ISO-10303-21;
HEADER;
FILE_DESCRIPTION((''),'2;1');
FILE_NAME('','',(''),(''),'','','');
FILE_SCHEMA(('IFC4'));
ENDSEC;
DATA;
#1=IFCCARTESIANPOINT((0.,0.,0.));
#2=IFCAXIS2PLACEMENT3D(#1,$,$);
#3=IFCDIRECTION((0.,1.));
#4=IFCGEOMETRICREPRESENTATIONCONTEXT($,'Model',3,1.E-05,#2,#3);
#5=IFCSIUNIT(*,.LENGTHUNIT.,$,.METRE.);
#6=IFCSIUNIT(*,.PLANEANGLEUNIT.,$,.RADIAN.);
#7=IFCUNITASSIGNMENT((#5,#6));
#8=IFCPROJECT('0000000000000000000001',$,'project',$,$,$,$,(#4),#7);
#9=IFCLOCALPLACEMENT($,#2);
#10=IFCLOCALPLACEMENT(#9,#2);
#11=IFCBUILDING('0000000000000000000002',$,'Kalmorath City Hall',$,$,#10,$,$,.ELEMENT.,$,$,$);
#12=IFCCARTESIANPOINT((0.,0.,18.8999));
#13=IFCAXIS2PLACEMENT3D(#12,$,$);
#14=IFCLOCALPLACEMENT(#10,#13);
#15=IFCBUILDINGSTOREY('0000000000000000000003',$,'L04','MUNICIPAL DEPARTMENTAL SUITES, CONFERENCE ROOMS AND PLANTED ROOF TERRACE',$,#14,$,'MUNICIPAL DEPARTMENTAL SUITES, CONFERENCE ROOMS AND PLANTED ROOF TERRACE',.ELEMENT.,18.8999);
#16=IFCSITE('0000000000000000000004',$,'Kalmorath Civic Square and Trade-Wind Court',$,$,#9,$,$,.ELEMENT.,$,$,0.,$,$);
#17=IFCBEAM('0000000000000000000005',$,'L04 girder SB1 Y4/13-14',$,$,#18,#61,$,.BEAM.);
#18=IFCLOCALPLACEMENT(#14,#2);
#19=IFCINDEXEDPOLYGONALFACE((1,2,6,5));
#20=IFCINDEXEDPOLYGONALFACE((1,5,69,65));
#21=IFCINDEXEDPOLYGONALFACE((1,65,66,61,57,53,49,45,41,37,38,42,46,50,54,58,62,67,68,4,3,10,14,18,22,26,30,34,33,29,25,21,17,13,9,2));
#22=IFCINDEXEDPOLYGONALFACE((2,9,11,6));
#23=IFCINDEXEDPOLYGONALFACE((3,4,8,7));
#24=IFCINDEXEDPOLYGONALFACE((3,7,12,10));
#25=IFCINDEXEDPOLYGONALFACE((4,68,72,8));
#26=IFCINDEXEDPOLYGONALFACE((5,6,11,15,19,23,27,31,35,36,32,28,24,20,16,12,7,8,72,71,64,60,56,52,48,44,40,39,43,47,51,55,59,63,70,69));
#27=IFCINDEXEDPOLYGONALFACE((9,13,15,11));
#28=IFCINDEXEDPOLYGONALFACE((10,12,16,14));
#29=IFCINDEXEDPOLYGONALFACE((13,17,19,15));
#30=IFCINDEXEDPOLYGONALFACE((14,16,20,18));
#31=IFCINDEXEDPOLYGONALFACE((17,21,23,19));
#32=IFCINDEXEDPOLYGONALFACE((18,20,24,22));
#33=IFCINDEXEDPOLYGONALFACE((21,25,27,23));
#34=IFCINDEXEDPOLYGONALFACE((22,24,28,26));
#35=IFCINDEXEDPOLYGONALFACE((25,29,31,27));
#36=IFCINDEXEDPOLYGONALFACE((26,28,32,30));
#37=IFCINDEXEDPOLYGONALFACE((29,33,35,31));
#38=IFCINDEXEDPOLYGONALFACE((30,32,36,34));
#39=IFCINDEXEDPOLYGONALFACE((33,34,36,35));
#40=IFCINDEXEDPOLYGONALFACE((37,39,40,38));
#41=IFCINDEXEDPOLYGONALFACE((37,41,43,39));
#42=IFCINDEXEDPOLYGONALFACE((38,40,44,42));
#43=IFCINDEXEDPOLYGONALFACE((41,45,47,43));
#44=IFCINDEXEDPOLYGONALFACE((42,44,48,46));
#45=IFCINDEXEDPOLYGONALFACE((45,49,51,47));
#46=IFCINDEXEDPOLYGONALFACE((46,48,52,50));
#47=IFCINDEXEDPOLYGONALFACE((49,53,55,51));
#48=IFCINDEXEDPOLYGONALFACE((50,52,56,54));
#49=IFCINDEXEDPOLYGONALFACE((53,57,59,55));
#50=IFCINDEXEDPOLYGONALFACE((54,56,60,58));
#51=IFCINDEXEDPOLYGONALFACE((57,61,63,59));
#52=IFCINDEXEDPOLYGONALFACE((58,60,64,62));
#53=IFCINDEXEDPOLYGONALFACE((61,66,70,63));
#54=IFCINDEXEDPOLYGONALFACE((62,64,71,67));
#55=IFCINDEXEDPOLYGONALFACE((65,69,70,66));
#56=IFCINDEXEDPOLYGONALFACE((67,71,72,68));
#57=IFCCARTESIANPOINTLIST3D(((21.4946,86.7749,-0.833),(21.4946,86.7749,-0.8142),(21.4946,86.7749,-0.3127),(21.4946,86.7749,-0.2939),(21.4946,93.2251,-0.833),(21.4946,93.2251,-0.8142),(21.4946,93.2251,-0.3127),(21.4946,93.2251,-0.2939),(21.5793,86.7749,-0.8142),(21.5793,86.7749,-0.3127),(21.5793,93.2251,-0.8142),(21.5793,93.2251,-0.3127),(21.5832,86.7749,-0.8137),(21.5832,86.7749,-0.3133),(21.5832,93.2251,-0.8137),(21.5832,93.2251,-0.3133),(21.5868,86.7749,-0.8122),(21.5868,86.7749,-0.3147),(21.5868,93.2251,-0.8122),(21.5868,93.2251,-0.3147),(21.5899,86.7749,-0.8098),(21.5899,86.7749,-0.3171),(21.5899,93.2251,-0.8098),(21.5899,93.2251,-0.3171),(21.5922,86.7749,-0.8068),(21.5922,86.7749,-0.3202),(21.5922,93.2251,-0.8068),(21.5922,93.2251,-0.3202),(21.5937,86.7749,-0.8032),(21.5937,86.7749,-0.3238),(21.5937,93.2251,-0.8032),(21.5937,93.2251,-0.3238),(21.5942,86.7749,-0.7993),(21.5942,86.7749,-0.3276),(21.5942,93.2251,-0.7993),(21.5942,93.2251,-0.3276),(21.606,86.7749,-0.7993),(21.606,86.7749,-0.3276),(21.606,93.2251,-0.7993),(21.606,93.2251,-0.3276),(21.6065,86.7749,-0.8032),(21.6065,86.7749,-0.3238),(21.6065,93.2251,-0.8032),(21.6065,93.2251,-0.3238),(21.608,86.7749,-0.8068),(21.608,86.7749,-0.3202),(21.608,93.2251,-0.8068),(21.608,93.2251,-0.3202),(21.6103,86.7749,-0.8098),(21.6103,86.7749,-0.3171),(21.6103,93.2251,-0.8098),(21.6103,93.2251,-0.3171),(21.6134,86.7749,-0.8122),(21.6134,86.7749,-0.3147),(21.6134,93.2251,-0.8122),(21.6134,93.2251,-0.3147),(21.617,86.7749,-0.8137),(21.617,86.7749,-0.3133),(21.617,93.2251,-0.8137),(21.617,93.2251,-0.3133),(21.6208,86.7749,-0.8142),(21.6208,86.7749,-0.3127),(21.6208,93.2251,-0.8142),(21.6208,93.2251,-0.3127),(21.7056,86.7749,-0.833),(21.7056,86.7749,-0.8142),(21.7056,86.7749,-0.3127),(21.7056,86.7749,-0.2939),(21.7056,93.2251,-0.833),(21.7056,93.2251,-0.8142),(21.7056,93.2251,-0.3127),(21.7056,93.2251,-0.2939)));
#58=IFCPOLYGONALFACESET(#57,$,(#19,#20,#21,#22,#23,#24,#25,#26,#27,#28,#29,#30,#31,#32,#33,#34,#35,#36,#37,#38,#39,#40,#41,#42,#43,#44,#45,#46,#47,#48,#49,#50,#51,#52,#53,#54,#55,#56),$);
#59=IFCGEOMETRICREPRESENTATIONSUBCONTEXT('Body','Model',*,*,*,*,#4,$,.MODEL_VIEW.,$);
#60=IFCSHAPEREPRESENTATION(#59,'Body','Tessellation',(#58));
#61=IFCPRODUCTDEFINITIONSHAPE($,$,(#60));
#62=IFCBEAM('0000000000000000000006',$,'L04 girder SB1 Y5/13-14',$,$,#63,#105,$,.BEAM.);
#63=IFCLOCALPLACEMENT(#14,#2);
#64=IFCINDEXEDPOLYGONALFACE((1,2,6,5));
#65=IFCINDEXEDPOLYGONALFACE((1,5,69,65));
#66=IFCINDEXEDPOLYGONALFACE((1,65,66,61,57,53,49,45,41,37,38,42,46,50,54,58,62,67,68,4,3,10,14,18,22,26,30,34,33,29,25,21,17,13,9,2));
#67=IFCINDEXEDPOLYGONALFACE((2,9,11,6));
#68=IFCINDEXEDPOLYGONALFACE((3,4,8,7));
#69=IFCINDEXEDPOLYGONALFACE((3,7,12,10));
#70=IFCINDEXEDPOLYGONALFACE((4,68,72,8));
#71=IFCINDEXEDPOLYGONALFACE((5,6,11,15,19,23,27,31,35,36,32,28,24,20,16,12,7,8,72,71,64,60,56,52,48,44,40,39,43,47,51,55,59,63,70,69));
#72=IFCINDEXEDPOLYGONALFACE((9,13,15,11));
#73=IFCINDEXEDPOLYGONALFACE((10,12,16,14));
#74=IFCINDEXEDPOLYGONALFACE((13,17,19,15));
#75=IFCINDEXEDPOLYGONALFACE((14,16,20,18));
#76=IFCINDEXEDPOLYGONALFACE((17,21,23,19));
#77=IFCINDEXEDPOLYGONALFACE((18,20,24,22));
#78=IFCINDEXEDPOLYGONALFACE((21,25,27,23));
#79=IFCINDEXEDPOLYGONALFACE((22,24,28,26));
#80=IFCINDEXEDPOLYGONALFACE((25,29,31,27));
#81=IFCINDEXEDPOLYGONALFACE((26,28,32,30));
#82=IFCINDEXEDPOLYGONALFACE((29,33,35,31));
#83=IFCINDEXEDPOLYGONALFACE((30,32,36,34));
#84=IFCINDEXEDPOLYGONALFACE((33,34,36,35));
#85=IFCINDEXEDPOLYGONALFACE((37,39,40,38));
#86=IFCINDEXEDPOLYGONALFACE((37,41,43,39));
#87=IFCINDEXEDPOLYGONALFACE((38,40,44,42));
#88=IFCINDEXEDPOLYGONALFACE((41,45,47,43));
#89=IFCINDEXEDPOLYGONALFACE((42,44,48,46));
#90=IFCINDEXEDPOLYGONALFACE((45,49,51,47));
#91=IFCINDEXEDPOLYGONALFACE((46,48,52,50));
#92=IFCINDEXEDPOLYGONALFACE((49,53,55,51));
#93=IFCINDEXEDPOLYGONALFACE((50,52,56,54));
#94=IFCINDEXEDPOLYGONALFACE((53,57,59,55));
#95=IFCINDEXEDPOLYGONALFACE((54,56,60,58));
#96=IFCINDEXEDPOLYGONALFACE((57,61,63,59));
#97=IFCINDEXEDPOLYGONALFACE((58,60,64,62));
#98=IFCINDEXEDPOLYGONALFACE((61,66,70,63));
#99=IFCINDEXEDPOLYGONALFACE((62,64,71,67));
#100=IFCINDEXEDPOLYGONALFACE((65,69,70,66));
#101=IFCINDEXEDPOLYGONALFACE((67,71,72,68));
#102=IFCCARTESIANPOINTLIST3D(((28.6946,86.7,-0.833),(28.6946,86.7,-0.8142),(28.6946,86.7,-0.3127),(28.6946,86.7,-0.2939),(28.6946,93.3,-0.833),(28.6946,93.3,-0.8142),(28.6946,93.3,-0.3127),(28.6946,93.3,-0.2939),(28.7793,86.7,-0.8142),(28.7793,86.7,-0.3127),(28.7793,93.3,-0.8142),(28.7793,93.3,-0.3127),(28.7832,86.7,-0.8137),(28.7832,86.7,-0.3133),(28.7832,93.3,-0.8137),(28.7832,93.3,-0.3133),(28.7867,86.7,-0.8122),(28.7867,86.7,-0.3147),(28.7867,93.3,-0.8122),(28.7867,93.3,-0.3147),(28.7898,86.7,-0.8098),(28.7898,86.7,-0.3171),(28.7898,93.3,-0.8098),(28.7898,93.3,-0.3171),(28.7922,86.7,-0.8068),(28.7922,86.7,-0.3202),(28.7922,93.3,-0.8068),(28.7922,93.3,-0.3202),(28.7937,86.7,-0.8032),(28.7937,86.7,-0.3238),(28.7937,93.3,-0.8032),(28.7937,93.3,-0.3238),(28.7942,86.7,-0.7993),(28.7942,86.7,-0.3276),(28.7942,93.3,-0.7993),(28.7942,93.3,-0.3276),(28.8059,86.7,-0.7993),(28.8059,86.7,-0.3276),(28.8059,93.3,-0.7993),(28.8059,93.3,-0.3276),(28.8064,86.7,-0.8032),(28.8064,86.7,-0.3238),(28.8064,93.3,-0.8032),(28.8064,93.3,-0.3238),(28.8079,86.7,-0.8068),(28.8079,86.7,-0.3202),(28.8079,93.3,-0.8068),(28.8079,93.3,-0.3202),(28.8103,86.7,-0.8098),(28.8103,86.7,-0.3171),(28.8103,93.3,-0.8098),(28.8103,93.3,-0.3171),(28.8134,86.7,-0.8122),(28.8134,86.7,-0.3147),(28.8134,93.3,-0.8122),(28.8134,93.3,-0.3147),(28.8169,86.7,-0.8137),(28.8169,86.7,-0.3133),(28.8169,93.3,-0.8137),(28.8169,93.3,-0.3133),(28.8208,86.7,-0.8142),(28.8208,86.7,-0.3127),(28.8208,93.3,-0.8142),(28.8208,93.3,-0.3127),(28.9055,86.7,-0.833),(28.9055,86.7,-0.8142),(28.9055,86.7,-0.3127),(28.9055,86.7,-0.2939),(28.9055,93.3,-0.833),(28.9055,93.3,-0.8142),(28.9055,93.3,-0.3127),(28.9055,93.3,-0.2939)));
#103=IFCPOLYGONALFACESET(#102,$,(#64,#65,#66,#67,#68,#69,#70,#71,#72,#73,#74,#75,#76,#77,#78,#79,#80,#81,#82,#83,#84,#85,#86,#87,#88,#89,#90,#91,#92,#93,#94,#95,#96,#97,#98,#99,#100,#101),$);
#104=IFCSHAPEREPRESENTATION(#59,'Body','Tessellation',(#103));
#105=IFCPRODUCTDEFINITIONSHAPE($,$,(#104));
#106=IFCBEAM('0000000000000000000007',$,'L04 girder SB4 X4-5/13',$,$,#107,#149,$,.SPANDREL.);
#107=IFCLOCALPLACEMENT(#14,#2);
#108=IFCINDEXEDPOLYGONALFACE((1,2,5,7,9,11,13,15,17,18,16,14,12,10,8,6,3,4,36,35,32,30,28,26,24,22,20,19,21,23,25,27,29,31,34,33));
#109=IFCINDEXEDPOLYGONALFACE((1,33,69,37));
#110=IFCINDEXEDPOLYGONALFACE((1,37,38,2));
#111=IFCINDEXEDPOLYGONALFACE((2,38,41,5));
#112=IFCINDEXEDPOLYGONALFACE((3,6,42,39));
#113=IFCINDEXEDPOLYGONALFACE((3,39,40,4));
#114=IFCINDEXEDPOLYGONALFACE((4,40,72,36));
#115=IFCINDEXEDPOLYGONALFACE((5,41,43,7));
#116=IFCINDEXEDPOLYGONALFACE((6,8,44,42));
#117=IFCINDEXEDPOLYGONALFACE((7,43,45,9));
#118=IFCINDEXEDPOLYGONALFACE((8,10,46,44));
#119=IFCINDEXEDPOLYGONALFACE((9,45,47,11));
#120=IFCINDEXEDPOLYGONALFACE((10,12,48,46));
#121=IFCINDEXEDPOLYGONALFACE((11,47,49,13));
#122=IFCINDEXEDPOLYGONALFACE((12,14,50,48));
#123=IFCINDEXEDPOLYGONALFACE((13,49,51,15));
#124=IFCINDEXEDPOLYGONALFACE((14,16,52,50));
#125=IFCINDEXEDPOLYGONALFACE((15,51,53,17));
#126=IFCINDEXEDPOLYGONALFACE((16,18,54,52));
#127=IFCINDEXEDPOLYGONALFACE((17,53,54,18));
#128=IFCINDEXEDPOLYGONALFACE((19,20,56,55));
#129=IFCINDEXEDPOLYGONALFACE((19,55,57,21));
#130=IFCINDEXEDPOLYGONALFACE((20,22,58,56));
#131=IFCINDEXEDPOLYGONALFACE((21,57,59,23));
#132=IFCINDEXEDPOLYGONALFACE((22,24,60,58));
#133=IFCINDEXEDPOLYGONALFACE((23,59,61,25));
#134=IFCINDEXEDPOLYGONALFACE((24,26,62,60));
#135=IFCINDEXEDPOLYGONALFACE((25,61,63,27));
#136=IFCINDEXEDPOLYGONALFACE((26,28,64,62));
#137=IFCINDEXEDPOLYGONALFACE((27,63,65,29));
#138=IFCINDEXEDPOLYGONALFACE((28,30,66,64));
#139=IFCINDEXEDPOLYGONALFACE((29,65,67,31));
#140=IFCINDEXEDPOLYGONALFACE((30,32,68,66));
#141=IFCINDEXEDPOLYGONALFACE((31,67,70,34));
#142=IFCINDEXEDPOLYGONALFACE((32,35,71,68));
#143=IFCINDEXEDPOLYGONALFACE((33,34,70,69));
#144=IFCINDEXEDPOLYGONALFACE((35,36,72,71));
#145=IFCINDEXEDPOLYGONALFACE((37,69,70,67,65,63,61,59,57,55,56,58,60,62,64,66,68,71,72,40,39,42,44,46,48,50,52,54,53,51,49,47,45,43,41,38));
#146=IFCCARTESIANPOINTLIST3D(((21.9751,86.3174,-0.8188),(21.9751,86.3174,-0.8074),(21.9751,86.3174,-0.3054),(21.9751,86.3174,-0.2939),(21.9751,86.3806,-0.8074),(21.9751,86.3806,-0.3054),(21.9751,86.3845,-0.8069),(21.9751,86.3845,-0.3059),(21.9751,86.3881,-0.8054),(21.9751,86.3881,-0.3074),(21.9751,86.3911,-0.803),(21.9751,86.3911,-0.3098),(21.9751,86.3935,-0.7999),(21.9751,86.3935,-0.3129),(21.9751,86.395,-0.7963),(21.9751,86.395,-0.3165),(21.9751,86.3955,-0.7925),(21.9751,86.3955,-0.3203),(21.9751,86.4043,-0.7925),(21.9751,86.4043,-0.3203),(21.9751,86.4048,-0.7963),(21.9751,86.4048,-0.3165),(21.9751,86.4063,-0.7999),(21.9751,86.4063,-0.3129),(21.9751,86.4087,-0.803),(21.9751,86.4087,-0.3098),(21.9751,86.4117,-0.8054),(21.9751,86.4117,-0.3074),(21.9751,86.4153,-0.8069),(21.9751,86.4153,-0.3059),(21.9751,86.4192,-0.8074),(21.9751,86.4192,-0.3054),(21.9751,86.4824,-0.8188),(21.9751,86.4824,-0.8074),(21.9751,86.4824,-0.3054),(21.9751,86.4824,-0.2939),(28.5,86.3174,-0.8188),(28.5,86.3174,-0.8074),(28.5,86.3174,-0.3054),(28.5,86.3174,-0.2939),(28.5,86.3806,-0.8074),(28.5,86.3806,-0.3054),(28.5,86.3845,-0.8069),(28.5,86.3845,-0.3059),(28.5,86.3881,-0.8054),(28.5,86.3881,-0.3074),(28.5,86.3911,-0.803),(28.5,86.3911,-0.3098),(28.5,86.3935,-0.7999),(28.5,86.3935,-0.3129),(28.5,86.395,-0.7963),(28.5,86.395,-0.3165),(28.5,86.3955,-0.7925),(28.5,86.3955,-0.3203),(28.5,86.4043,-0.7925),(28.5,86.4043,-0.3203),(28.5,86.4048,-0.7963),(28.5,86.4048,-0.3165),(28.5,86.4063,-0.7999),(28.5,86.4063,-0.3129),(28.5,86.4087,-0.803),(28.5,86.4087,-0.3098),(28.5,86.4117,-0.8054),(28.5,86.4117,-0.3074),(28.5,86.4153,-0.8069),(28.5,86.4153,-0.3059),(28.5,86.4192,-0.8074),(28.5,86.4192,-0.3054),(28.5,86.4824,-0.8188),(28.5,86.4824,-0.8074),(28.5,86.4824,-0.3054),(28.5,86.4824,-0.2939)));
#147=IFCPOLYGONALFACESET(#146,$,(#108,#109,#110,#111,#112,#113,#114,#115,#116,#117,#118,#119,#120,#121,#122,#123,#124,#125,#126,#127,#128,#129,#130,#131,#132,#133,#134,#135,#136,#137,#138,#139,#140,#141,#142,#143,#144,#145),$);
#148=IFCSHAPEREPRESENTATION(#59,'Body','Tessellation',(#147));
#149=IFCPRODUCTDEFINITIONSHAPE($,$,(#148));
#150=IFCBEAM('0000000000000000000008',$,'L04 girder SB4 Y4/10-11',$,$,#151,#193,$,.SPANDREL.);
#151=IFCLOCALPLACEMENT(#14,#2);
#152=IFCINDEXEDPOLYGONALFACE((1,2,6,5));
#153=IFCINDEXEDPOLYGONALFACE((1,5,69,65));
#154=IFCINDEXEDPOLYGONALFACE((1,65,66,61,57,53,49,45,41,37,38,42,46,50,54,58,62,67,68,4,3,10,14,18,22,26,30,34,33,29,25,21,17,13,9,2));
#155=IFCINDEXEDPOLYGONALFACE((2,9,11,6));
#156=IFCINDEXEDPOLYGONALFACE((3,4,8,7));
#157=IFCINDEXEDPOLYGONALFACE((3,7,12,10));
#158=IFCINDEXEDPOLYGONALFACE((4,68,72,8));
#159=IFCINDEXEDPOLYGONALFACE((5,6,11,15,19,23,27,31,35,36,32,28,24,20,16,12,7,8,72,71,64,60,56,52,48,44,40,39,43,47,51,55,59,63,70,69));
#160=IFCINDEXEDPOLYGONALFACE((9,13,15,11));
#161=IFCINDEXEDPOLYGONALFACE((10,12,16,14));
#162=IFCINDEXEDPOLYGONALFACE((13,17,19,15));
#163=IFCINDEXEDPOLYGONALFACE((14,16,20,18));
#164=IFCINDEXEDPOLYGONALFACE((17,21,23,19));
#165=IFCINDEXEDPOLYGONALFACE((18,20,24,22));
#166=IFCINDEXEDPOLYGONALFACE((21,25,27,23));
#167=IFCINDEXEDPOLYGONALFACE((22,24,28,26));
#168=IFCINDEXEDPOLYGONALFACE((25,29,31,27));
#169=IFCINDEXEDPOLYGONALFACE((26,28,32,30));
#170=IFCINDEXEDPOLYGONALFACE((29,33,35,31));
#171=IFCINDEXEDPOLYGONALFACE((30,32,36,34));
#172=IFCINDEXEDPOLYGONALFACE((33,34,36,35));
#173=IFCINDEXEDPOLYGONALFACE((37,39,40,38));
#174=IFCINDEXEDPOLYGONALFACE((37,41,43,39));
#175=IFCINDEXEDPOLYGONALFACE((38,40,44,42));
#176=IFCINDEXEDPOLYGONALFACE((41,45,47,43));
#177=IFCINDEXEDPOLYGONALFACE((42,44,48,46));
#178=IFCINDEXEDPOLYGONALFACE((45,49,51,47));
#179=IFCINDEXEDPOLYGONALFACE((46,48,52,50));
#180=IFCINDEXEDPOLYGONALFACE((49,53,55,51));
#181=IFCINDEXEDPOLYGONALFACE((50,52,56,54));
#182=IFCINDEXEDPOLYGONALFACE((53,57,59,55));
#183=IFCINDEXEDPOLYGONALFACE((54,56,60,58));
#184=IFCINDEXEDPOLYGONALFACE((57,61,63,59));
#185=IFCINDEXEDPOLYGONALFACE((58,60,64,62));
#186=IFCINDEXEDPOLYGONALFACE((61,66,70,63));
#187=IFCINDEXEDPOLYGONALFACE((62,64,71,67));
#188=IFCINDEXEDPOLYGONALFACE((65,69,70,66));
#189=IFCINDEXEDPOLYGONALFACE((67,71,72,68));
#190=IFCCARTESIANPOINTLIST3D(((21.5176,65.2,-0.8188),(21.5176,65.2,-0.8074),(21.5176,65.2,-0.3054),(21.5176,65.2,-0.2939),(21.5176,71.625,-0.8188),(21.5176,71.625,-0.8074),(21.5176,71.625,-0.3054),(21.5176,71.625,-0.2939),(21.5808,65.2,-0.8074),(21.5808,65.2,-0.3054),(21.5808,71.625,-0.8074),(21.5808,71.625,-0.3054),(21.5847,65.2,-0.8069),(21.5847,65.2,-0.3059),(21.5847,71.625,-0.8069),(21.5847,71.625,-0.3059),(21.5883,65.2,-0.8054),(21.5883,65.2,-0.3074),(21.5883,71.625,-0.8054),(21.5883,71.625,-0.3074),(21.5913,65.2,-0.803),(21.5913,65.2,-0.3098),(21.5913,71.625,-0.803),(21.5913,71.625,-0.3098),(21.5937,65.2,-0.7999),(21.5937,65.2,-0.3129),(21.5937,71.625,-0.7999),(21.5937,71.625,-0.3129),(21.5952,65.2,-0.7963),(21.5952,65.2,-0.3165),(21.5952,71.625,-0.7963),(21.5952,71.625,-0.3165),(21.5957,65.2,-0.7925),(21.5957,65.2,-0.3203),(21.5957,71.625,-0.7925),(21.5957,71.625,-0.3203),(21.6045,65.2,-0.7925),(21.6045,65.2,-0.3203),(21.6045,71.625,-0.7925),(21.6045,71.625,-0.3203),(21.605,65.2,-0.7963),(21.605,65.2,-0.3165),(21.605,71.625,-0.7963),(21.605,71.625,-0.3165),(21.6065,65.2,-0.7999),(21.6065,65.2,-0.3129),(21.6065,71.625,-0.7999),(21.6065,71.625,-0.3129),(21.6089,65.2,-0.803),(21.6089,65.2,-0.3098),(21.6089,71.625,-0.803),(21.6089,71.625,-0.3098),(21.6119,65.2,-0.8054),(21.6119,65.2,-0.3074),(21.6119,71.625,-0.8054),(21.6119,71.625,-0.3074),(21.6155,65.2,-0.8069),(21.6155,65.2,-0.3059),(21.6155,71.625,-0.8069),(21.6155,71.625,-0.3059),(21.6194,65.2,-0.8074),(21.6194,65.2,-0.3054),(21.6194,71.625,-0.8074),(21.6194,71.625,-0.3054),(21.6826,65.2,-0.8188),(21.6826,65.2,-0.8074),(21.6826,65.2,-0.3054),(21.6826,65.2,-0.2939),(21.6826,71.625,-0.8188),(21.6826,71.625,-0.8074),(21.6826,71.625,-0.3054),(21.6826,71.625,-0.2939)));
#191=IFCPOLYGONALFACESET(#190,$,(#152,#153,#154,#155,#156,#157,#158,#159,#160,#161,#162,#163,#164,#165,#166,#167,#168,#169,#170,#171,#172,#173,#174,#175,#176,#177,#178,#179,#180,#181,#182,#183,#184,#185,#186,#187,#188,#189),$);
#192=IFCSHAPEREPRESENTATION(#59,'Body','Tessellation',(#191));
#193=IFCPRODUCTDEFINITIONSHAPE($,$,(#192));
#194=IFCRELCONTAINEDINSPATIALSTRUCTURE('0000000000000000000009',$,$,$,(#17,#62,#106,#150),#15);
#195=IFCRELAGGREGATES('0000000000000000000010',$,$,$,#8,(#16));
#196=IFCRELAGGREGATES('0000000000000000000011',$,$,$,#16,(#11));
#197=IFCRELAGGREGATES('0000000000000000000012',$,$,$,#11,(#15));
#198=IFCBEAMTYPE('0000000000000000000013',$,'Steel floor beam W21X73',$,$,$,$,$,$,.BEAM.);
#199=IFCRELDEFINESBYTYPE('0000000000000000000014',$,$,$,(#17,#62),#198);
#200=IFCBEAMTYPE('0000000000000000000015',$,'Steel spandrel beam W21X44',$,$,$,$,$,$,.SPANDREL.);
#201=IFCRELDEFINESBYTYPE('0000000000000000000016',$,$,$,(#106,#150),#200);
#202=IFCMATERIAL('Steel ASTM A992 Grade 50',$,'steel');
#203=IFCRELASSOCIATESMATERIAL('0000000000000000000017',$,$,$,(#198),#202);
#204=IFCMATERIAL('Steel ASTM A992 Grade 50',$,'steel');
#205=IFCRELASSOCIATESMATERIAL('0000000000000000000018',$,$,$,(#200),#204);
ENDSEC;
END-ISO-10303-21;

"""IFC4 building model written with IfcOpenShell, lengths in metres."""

from ifc_helpers import new_model, si_unit, direction, frame, origin, origin_2d, place, context, subcontext, project, spatial, i_section, extrude, material, material_profile, profile_set, type_object, element, save


model = new_model("IFC4")

# Units and contexts
model_context = context("Model", 3, precision=1e-05, world=origin(), true_north=direction((0.0, 1.0)))
body_context = subcontext(model_context, "Body", "Model", "MODEL_VIEW")
ifc_project = project(units=[si_unit("LENGTHUNIT", "METRE"), si_unit("PLANEANGLEUNIT", "RADIAN")], contexts=[model_context])

# Site, building, storey
site_placement = place(None, origin())
site = spatial("IfcSite", under=ifc_project, at=site_placement, Name="Kalmorath Civic Square and Trade-Wind Court", CompositionType="ELEMENT", RefElevation=0.0)
building_placement = place(site_placement, origin())
building = spatial("IfcBuilding", under=site, at=building_placement, Name="Kalmorath City Hall", CompositionType="ELEMENT")
storey_placement = place(building_placement, frame((0.0, 0.0, 18.8999)))
storey = spatial("IfcBuildingStorey", under=building, at=storey_placement, Name="L04", Description="MUNICIPAL DEPARTMENTAL SUITES, CONFERENCE ROOMS AND PLANTED ROOF TERRACE", LongName="MUNICIPAL DEPARTMENTAL SUITES, CONFERENCE ROOMS AND PLANTED ROOF TERRACE", CompositionType="ELEMENT", Elevation=18.8999)

# Beams
ifc_material_1 = material(Name="Steel ASTM A992 Grade 50", Category="steel")
ifc_material_profile_1 = material_profile(ifc_material_1, i_section(OverallWidth=0.2109, OverallDepth=0.5391, WebThickness=0.0117, FlangeThickness=0.0188, FilletRadius=0.0149, at=origin_2d()), Name="W21X73")
ifc_profile_set_1 = profile_set([ifc_material_profile_1], Name="Steel ASTM A992 Grade 50")
beam_type_1 = type_object("IfcBeamType", Name="Steel floor beam W21X73", PredefinedType="BEAM", material=ifc_profile_set_1)
beam_1_placement = place(storey_placement, frame((21.6001, 86.7749, -0.5635), z_axis=(0.0, 1.0, 0.0), x_axis=(-1.0, 0.0, 0.0)))
element("IfcBeam", 1, at=beam_1_placement, inside=storey, type_object=beam_type_1, Name="L04 girder SB1 Y4/13-14", PredefinedType="BEAM", context=body_context, shape_type="SweptSolid", body=[
    extrude(i_section(OverallWidth=0.2109, OverallDepth=0.5391, WebThickness=0.0117, FlangeThickness=0.0188, FilletRadius=0.0149, at=origin_2d()), origin(), (0.0, 0.0, 1.0), 6.4502),
])
beam_2_placement = place(storey_placement, frame((28.8, 86.7, -0.5635), z_axis=(0.0, 1.0, 0.0), x_axis=(-1.0, 0.0, 0.0)))
element("IfcBeam", 2, at=beam_2_placement, inside=storey, type_object=beam_type_1, Name="L04 girder SB1 Y5/13-14", PredefinedType="BEAM", context=body_context, shape_type="SweptSolid", body=[
    extrude(i_section(OverallWidth=0.2109, OverallDepth=0.5391, WebThickness=0.0117, FlangeThickness=0.0188, FilletRadius=0.0149, at=origin_2d()), origin(), (0.0, 0.0, 1.0), 6.6001),
])
ifc_material_2 = material(Name="Steel ASTM A992 Grade 50", Category="steel")
ifc_material_profile_2 = material_profile(ifc_material_2, i_section(OverallWidth=0.165, OverallDepth=0.5249, WebThickness=0.0088, FlangeThickness=0.0115, FilletRadius=0.0149, at=origin_2d()), Name="W21X44")
ifc_profile_set_2 = profile_set([ifc_material_profile_2], Name="Steel ASTM A992 Grade 50")
beam_type_2 = type_object("IfcBeamType", Name="Steel spandrel beam W21X44", PredefinedType="SPANDREL", material=ifc_profile_set_2)
beam_3_placement = place(storey_placement, frame((21.9751, 86.3999, -0.5564), z_axis=(1.0, 0.0, 0.0), x_axis=(0.0, 1.0, 0.0)))
element("IfcBeam", 3, at=beam_3_placement, inside=storey, type_object=beam_type_2, Name="L04 girder SB4 X4-5/13", PredefinedType="SPANDREL", context=body_context, shape_type="SweptSolid", body=[
    extrude(i_section(OverallWidth=0.165, OverallDepth=0.5249, WebThickness=0.0088, FlangeThickness=0.0115, FilletRadius=0.0149, at=origin_2d()), origin(), (0.0, 0.0, 1.0), 6.5249),
])
beam_4_placement = place(storey_placement, frame((21.6001, 65.2, -0.5564), z_axis=(0.0, 1.0, 0.0), x_axis=(-1.0, 0.0, 0.0)))
element("IfcBeam", 4, at=beam_4_placement, inside=storey, type_object=beam_type_2, Name="L04 girder SB4 Y4/10-11", PredefinedType="SPANDREL", context=body_context, shape_type="SweptSolid", body=[
    extrude(i_section(OverallWidth=0.165, OverallDepth=0.5249, WebThickness=0.0088, FlangeThickness=0.0115, FilletRadius=0.0149, at=origin_2d()), origin(), (0.0, 0.0, 1.0), 6.425),
])

save(model, "model.ifc")
